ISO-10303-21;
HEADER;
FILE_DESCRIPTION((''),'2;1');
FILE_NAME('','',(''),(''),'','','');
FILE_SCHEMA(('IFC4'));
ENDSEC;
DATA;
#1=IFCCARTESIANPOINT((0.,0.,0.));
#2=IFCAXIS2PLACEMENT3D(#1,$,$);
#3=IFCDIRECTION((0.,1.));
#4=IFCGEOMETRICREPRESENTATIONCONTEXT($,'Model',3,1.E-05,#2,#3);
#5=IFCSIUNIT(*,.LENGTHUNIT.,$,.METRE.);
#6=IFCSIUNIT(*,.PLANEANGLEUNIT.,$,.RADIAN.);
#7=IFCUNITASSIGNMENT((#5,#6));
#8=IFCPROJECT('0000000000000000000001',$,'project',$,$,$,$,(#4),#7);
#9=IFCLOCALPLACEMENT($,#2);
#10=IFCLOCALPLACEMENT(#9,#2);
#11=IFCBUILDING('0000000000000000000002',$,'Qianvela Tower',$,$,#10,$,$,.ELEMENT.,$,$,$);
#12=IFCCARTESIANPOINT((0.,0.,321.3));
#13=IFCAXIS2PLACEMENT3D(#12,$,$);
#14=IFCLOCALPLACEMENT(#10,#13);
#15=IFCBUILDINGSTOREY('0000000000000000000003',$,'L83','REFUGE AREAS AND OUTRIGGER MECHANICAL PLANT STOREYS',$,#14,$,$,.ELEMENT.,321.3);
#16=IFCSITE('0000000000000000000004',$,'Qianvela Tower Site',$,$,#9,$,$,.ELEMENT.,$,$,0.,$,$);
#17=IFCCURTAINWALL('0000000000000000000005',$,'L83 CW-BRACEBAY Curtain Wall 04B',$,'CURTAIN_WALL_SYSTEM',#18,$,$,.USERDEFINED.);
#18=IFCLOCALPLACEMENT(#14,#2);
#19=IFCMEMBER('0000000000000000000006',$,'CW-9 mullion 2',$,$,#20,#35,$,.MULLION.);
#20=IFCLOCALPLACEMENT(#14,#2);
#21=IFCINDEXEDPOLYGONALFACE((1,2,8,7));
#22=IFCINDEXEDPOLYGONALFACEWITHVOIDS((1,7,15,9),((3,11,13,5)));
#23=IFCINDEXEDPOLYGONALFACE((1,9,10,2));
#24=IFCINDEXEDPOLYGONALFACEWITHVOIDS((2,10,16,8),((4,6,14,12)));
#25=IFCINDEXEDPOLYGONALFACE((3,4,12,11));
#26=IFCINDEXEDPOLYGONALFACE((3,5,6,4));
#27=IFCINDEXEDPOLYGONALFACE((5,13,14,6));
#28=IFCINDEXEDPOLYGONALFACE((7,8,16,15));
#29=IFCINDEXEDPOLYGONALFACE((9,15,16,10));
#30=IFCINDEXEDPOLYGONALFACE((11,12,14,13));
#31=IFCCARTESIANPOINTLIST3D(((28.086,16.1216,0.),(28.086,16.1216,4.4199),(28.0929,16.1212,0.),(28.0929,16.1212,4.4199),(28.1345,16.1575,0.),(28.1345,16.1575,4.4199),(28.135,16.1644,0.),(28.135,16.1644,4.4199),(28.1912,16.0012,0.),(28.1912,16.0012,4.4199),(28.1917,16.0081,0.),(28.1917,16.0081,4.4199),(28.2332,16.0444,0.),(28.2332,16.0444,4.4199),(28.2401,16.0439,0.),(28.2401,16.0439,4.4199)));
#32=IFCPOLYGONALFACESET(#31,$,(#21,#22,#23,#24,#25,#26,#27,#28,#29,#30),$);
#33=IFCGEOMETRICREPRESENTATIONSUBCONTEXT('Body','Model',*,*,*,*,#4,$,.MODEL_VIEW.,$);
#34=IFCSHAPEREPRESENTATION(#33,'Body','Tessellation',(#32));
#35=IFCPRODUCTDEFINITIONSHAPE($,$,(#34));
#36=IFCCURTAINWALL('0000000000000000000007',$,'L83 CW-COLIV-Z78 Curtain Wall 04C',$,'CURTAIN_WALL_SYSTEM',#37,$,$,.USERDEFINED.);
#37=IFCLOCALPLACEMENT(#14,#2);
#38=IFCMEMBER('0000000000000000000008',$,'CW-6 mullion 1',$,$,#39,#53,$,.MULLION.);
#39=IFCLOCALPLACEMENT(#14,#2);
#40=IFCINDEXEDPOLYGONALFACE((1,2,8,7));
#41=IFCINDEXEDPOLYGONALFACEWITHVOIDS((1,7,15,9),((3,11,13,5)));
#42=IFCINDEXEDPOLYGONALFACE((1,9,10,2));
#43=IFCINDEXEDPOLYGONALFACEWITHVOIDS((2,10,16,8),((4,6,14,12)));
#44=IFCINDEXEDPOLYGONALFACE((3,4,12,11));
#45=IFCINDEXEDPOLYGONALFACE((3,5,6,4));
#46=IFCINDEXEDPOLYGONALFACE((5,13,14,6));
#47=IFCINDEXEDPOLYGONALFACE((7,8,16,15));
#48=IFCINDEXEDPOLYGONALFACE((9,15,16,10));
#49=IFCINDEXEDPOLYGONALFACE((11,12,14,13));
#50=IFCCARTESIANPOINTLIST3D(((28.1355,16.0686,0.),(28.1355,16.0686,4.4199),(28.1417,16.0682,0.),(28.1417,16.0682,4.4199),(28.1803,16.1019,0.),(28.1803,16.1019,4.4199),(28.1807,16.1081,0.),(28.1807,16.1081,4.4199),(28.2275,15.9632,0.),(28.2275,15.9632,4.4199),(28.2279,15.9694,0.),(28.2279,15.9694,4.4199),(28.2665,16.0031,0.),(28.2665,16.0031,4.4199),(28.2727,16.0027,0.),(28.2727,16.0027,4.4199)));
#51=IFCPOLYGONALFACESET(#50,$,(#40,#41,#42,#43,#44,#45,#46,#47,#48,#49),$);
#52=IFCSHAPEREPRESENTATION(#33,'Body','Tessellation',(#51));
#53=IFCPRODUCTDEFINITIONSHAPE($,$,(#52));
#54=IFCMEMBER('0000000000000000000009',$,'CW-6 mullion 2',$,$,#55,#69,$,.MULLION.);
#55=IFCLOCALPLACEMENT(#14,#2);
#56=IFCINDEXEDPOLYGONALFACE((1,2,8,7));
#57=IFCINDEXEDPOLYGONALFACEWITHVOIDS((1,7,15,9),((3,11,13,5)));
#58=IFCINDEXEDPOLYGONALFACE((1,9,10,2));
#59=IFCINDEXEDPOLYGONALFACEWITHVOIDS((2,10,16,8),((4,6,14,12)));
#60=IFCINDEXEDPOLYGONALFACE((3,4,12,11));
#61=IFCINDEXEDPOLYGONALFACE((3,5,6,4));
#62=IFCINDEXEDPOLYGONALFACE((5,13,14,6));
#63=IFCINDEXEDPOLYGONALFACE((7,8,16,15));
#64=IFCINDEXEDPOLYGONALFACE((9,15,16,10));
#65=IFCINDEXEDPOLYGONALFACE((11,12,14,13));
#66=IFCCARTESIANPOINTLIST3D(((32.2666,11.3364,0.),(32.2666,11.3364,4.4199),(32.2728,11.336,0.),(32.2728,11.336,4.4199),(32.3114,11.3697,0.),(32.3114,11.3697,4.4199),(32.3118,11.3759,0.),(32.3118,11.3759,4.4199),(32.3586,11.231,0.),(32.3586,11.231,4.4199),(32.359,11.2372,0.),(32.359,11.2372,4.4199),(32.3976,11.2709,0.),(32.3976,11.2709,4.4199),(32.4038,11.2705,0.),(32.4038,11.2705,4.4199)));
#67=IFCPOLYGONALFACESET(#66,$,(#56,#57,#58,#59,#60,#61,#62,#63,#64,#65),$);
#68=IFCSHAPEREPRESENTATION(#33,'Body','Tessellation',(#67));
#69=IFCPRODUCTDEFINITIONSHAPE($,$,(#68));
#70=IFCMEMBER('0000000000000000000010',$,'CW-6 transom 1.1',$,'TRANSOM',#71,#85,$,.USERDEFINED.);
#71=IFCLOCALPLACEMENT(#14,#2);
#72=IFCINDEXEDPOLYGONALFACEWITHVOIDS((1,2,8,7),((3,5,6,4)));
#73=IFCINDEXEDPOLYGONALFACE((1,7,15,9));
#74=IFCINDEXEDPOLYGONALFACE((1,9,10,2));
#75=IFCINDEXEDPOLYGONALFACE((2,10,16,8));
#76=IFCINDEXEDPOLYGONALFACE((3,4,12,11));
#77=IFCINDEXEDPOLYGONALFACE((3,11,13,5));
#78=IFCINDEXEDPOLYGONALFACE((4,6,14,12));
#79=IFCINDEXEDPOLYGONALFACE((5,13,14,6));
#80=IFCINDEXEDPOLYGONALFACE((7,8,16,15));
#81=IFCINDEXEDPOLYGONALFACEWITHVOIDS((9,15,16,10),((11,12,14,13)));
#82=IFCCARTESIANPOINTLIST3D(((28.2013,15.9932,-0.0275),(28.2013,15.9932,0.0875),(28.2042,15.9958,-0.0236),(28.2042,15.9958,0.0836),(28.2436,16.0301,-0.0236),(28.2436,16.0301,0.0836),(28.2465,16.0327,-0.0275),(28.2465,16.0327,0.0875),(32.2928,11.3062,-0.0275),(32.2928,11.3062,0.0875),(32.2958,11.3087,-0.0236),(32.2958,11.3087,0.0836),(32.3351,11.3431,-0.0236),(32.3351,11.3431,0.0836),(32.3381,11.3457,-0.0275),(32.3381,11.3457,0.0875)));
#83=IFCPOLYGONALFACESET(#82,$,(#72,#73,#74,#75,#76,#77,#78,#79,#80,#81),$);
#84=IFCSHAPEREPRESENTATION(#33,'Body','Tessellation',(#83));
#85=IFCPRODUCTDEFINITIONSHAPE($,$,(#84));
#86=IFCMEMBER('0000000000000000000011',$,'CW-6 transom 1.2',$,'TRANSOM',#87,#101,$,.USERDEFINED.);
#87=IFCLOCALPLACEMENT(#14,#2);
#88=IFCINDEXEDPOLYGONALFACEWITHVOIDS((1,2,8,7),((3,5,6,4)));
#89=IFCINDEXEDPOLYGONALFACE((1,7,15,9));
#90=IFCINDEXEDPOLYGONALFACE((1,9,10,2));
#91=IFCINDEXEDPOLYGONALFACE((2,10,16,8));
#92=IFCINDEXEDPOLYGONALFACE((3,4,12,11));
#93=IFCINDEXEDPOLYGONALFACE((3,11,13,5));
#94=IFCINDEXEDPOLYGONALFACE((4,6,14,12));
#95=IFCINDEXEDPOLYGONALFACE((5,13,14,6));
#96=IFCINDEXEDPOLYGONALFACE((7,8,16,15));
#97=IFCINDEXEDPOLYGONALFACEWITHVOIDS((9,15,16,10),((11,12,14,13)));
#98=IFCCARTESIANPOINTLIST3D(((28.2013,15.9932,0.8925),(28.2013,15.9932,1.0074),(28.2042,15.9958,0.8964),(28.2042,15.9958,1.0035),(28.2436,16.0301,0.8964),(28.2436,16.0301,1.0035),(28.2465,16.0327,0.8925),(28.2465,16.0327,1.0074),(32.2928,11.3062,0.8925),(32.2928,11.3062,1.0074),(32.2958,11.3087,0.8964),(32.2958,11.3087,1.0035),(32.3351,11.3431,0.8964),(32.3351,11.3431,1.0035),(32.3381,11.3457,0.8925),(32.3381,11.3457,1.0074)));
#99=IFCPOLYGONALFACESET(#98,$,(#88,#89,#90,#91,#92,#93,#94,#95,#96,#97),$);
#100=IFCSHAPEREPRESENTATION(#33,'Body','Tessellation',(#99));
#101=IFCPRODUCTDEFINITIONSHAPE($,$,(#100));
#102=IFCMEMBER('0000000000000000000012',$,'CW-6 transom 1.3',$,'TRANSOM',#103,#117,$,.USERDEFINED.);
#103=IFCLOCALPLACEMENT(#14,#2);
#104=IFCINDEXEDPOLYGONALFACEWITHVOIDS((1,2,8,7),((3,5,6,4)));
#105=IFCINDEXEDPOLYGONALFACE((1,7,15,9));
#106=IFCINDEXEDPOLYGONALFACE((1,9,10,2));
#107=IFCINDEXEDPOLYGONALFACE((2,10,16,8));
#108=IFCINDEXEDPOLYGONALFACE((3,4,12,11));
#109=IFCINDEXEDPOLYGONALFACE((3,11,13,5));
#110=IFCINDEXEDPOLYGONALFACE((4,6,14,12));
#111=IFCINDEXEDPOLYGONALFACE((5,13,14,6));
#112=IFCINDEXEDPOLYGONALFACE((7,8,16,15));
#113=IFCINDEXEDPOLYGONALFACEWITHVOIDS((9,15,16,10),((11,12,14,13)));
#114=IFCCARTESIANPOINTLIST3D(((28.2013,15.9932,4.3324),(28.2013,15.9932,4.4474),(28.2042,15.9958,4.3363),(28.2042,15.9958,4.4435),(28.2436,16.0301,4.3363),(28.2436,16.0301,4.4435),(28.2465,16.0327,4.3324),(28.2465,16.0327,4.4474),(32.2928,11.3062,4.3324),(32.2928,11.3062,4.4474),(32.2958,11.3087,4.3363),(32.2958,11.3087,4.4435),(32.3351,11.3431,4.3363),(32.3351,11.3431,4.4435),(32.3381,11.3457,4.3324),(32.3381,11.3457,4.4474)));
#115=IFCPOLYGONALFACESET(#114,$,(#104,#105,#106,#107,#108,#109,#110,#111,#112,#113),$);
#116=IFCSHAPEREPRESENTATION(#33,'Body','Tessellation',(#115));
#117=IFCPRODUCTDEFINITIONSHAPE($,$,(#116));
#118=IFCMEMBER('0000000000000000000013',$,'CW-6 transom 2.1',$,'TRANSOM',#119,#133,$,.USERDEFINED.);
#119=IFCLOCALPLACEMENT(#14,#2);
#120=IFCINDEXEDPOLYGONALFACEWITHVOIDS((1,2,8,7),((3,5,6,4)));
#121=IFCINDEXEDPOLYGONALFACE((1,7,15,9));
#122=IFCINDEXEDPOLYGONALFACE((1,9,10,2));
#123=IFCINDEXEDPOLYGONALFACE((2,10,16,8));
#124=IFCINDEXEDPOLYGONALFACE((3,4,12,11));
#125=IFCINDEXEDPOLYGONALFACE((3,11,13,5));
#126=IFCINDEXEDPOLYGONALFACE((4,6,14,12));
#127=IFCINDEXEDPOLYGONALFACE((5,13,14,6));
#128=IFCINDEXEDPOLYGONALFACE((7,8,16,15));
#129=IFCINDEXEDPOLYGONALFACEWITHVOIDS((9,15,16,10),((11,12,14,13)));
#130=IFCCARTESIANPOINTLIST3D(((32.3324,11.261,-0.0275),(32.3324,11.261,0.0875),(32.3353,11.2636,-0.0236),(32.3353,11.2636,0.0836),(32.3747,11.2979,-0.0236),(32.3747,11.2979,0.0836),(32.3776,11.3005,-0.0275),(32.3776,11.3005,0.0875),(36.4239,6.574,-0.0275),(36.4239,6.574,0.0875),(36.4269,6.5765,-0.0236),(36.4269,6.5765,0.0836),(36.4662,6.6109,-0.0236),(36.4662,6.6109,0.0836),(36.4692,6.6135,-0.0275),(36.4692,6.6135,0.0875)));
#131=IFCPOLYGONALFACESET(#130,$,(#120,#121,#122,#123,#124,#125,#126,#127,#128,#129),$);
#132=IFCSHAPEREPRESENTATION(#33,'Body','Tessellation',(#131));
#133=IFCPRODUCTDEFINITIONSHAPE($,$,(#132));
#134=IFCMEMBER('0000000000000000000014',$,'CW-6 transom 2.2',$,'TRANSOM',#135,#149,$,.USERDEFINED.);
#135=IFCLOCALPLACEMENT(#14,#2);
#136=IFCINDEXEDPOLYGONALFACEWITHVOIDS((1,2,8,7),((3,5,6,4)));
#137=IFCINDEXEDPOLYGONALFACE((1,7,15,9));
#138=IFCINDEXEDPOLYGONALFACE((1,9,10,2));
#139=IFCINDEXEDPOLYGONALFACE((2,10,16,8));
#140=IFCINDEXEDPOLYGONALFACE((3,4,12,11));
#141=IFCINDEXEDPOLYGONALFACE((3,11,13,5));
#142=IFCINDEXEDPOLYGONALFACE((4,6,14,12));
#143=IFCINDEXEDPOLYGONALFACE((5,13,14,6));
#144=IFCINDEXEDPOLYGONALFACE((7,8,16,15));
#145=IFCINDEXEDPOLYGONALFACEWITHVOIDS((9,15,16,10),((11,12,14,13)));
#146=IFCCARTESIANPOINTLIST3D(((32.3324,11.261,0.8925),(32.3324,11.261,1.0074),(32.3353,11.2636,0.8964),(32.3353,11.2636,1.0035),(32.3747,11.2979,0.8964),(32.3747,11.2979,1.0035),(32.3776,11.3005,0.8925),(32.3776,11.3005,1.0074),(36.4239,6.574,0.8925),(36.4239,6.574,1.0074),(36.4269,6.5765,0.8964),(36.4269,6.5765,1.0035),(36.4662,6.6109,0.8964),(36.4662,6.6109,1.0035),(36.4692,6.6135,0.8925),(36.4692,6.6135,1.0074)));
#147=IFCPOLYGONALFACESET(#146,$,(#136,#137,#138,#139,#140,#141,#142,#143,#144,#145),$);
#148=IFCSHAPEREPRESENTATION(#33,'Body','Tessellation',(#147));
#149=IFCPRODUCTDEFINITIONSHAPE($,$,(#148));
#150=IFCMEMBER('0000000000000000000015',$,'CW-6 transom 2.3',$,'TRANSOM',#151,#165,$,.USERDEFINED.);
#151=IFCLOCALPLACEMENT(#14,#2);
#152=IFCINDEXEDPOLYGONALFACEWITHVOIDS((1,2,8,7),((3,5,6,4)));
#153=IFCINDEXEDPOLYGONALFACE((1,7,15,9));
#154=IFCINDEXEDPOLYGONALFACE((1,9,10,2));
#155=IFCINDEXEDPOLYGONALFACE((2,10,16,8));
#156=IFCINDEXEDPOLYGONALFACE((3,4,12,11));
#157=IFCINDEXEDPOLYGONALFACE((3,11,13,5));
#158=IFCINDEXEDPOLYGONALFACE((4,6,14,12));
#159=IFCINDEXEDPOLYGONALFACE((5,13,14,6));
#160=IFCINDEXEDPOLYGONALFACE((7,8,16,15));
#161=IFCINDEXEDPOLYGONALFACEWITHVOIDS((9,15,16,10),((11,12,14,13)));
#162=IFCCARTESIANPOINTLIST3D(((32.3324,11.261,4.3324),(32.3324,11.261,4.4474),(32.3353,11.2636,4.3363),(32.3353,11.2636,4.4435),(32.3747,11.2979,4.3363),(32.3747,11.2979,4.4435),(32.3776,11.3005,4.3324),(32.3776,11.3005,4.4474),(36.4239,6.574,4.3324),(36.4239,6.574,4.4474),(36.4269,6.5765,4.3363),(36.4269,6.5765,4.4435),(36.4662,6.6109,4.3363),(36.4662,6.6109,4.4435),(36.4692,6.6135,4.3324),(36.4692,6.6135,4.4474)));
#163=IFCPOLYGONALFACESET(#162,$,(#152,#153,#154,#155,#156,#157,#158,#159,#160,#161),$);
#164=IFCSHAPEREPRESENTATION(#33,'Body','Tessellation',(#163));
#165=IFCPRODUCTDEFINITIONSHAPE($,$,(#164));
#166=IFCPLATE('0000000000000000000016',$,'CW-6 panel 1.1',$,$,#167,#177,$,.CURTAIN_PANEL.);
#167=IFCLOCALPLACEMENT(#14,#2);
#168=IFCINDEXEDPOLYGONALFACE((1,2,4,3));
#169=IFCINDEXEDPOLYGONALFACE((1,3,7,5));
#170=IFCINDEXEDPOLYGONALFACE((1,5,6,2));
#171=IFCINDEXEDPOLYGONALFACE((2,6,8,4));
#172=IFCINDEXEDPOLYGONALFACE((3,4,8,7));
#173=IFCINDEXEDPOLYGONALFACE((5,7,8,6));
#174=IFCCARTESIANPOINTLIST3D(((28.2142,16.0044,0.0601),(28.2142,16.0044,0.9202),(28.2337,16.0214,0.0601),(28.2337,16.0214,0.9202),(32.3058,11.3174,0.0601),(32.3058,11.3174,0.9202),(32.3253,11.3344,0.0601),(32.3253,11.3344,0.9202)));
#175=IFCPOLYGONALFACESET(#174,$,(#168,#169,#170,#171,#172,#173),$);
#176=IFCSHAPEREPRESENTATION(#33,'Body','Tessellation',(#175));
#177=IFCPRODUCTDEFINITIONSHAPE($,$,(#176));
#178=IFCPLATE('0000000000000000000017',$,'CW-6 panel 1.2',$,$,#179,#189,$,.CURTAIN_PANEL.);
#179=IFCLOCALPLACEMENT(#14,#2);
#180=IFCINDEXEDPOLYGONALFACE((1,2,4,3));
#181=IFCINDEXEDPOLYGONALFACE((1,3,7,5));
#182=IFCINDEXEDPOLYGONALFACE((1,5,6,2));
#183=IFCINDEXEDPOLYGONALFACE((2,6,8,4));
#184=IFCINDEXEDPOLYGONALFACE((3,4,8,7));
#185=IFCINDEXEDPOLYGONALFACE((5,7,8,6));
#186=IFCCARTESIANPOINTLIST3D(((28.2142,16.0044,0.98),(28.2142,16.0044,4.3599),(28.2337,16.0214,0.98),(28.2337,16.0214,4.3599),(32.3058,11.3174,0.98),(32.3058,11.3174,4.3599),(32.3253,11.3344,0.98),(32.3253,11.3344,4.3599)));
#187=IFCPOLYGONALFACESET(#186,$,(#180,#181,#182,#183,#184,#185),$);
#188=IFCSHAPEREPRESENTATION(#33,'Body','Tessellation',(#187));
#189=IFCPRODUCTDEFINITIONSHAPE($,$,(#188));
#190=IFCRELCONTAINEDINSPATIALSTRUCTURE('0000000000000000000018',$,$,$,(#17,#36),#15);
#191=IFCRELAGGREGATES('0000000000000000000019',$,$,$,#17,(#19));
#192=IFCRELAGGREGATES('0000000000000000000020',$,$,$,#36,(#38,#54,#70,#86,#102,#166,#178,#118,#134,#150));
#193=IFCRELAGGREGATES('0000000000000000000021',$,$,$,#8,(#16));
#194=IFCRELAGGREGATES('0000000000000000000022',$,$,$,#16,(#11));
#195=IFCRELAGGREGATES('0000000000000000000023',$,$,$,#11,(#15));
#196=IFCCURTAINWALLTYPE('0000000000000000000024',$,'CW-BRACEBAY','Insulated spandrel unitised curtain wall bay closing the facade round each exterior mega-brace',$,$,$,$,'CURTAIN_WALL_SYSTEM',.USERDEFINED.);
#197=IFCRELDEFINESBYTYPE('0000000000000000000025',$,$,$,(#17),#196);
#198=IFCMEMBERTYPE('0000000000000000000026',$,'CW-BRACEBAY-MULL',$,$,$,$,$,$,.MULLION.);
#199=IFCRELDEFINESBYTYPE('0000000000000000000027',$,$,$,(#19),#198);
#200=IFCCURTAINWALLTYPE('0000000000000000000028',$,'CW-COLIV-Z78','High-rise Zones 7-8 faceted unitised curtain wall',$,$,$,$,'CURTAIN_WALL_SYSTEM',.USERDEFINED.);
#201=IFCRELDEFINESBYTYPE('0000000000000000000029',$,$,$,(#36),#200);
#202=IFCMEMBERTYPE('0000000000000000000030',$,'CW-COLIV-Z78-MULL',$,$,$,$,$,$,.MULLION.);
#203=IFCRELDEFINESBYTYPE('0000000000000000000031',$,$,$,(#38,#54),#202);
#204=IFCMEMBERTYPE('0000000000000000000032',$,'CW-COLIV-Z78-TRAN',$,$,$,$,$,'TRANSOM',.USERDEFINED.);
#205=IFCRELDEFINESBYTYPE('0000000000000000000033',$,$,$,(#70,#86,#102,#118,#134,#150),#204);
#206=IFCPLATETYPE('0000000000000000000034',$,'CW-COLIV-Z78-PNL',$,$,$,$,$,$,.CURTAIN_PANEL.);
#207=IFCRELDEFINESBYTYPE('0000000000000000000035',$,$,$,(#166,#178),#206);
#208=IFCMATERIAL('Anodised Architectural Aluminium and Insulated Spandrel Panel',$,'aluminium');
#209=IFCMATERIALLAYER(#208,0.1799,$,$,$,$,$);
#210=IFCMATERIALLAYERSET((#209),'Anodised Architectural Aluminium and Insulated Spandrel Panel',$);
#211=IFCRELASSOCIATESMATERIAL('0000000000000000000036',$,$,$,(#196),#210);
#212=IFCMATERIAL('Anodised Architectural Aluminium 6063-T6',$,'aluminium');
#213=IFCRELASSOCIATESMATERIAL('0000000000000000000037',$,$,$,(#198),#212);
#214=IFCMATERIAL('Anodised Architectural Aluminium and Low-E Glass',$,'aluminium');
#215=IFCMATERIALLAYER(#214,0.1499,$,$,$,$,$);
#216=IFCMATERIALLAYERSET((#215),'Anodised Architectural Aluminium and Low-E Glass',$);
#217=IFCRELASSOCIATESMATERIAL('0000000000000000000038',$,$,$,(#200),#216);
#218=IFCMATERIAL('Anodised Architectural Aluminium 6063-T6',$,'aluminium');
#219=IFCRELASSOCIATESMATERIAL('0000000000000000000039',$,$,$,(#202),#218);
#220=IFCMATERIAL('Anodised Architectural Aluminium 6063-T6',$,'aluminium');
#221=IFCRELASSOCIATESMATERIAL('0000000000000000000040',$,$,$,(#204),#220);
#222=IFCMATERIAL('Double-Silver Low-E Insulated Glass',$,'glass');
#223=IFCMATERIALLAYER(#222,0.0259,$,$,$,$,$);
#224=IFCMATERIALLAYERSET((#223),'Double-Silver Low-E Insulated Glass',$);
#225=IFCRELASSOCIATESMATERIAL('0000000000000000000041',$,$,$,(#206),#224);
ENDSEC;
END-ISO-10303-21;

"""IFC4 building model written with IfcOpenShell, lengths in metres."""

from ifc_helpers import new_model, si_unit, direction, frame, origin, origin_2d, place, context, subcontext, project, spatial, rectangle, hollow_rectangle, extrude, material, layer, layer_set, material_profile, profile_set, type_object, element, aggregate, save


model = new_model("IFC4")

# Units and contexts
model_context = context("Model", 3, precision=1e-05, world=origin(), true_north=direction((0.0, 1.0)))
body_context = subcontext(model_context, "Body", "Model", "MODEL_VIEW")
ifc_project = project(units=[si_unit("LENGTHUNIT", "METRE"), si_unit("PLANEANGLEUNIT", "RADIAN")], contexts=[model_context])

# Site, building, storey
site_placement = place(None, origin())
site = spatial("IfcSite", under=ifc_project, at=site_placement, Name="Qianvela Tower Site", CompositionType="ELEMENT", RefElevation=0.0)
building_placement = place(site_placement, origin())
building = spatial("IfcBuilding", under=site, at=building_placement, Name="Qianvela Tower", CompositionType="ELEMENT")
storey_placement = place(building_placement, frame((0.0, 0.0, 321.3)))
storey = spatial("IfcBuildingStorey", under=building, at=storey_placement, Name="L83", Description="REFUGE AREAS AND OUTRIGGER MECHANICAL PLANT STOREYS", CompositionType="ELEMENT", Elevation=321.3)

# Curtain wall, member
ifc_material_1 = material(Name="Anodised Architectural Aluminium and Insulated Spandrel Panel", Category="aluminium")
ifc_layer_1 = layer(ifc_material_1, 0.1799)
ifc_layer_set_1 = layer_set([ifc_layer_1], Name="Anodised Architectural Aluminium and Insulated Spandrel Panel")
curtain_wall_type_1 = type_object("IfcCurtainWallType", Name="CW-BRACEBAY", Description="Insulated spandrel unitised curtain wall bay closing the facade round each exterior mega-brace", ElementType="CURTAIN_WALL_SYSTEM", PredefinedType="USERDEFINED", material=ifc_layer_set_1)
curtain_wall_1_placement = place(storey_placement, origin())
curtain_wall_1 = element("IfcCurtainWall", 1, at=curtain_wall_1_placement, inside=storey, type_object=curtain_wall_type_1, Name="L83 CW-BRACEBAY Curtain Wall 04B", ObjectType="CURTAIN_WALL_SYSTEM", PredefinedType="USERDEFINED")
ifc_material_2 = material(Name="Anodised Architectural Aluminium 6063-T6", Category="aluminium")
ifc_material_profile_1 = material_profile(ifc_material_2, hollow_rectangle(XDim=0.0649, YDim=0.1599, WallThickness=0.0049, at=origin_2d()), Name="ALU-MULL-65x160")
ifc_profile_set_1 = profile_set([ifc_material_profile_1], Name="Anodised Architectural Aluminium 6063-T6")
member_type_1 = type_object("IfcMemberType", Name="CW-BRACEBAY-MULL", PredefinedType="MULLION", material=ifc_profile_set_1)
member_1_placement = place(storey_placement, frame((28.1631, 16.0828, 0.0), z_axis=(0.0, 0.0, 1.0), x_axis=(0.753337, 0.657634, 0.0)))
member_1 = element("IfcMember", 2, at=member_1_placement, type_object=member_type_1, Name="CW-9 mullion 2", PredefinedType="MULLION", context=body_context, shape_type="SweptSolid", body=[
    extrude(hollow_rectangle(XDim=0.0649, YDim=0.1599, WallThickness=0.0049, at=origin_2d()), origin(), (0.0, 0.0, 1.0), 4.4199),
])
aggregate(curtain_wall_1, [member_1])

# Curtain wall, members, plates
ifc_material_3 = material(Name="Anodised Architectural Aluminium and Low-E Glass", Category="aluminium")
ifc_layer_2 = layer(ifc_material_3, 0.1499)
ifc_layer_set_2 = layer_set([ifc_layer_2], Name="Anodised Architectural Aluminium and Low-E Glass")
curtain_wall_type_2 = type_object("IfcCurtainWallType", Name="CW-COLIV-Z78", Description="High-rise Zones 7-8 faceted unitised curtain wall", ElementType="CURTAIN_WALL_SYSTEM", PredefinedType="USERDEFINED", material=ifc_layer_set_2)
curtain_wall_2_placement = place(storey_placement, origin())
curtain_wall_2 = element("IfcCurtainWall", 3, at=curtain_wall_2_placement, inside=storey, type_object=curtain_wall_type_2, Name="L83 CW-COLIV-Z78 Curtain Wall 04C", ObjectType="CURTAIN_WALL_SYSTEM", PredefinedType="USERDEFINED")
ifc_material_4 = material(Name="Anodised Architectural Aluminium 6063-T6", Category="aluminium")
ifc_material_profile_2 = material_profile(ifc_material_4, hollow_rectangle(XDim=0.0601, YDim=0.1399, WallThickness=0.0044, at=origin_2d()), Name="ALU-MULL-60x140")
ifc_profile_set_2 = profile_set([ifc_material_profile_2], Name="Anodised Architectural Aluminium 6063-T6")
member_type_2 = type_object("IfcMemberType", Name="CW-COLIV-Z78-MULL", PredefinedType="MULLION", material=ifc_profile_set_2)
member_2_placement = place(storey_placement, frame((28.2041, 16.0356, 0.0), z_axis=(0.0, 0.0, 1.0), x_axis=(0.753333, 0.657639, 0.0)))
member_2 = element("IfcMember", 4, at=member_2_placement, type_object=member_type_2, Name="CW-6 mullion 1", PredefinedType="MULLION", context=body_context, shape_type="SweptSolid", body=[
    extrude(hollow_rectangle(XDim=0.0601, YDim=0.1399, WallThickness=0.0044, at=origin_2d()), origin(), (0.0, 0.0, 1.0), 4.4199),
])
member_3_placement = place(storey_placement, frame((32.3352, 11.3035, 0.0), z_axis=(0.0, 0.0, 1.0), x_axis=(0.753333, 0.657639, 0.0)))
member_3 = element("IfcMember", 5, at=member_3_placement, type_object=member_type_2, Name="CW-6 mullion 2", PredefinedType="MULLION", context=body_context, shape_type="SweptSolid", body=[
    extrude(hollow_rectangle(XDim=0.0601, YDim=0.1399, WallThickness=0.0044, at=origin_2d()), origin(), (0.0, 0.0, 1.0), 4.4199),
])
ifc_material_5 = material(Name="Anodised Architectural Aluminium 6063-T6", Category="aluminium")
ifc_material_profile_3 = material_profile(ifc_material_5, hollow_rectangle(XDim=0.0601, YDim=0.115, WallThickness=0.0039, at=origin_2d()), Name="ALU-TRAN-60x115")
ifc_profile_set_3 = profile_set([ifc_material_profile_3], Name="Anodised Architectural Aluminium 6063-T6")
member_type_3 = type_object("IfcMemberType", Name="CW-COLIV-Z78-TRAN", ElementType="TRANSOM", PredefinedType="USERDEFINED", material=ifc_profile_set_3)
member_4_placement = place(storey_placement, frame((28.2239, 16.0129, 0.03), z_axis=(0.657632, -0.753339, 0.0), x_axis=(0.753339, 0.657632, 0.0)))
member_4 = element("IfcMember", 6, at=member_4_placement, type_object=member_type_3, Name="CW-6 transom 1.1", ObjectType="TRANSOM", PredefinedType="USERDEFINED", context=body_context, shape_type="SweptSolid", body=[
    extrude(hollow_rectangle(XDim=0.0601, YDim=0.115, WallThickness=0.0039, at=origin_2d()), origin(), (0.0, 0.0, 1.0), 6.2217),
])
member_5_placement = place(storey_placement, frame((28.2239, 16.0129, 0.95), z_axis=(0.657632, -0.753339, 0.0), x_axis=(0.753339, 0.657632, 0.0)))
member_5 = element("IfcMember", 7, at=member_5_placement, type_object=member_type_3, Name="CW-6 transom 1.2", ObjectType="TRANSOM", PredefinedType="USERDEFINED", context=body_context, shape_type="SweptSolid", body=[
    extrude(hollow_rectangle(XDim=0.0601, YDim=0.115, WallThickness=0.0039, at=origin_2d()), origin(), (0.0, 0.0, 1.0), 6.2217),
])
member_6_placement = place(storey_placement, frame((28.2239, 16.0129, 4.3899), z_axis=(0.657632, -0.753339, 0.0), x_axis=(0.753339, 0.657632, 0.0)))
member_6 = element("IfcMember", 8, at=member_6_placement, type_object=member_type_3, Name="CW-6 transom 1.3", ObjectType="TRANSOM", PredefinedType="USERDEFINED", context=body_context, shape_type="SweptSolid", body=[
    extrude(hollow_rectangle(XDim=0.0601, YDim=0.115, WallThickness=0.0039, at=origin_2d()), origin(), (0.0, 0.0, 1.0), 6.2217),
])
member_7_placement = place(storey_placement, frame((32.355, 11.2808, 0.03), z_axis=(0.657632, -0.753339, 0.0), x_axis=(0.753339, 0.657632, 0.0)))
member_7 = element("IfcMember", 9, at=member_7_placement, type_object=member_type_3, Name="CW-6 transom 2.1", ObjectType="TRANSOM", PredefinedType="USERDEFINED", context=body_context, shape_type="SweptSolid", body=[
    extrude(hollow_rectangle(XDim=0.0601, YDim=0.115, WallThickness=0.0039, at=origin_2d()), origin(), (0.0, 0.0, 1.0), 6.2217),
])
member_8_placement = place(storey_placement, frame((32.355, 11.2808, 0.95), z_axis=(0.657632, -0.753339, 0.0), x_axis=(0.753339, 0.657632, 0.0)))
member_8 = element("IfcMember", 10, at=member_8_placement, type_object=member_type_3, Name="CW-6 transom 2.2", ObjectType="TRANSOM", PredefinedType="USERDEFINED", context=body_context, shape_type="SweptSolid", body=[
    extrude(hollow_rectangle(XDim=0.0601, YDim=0.115, WallThickness=0.0039, at=origin_2d()), origin(), (0.0, 0.0, 1.0), 6.2217),
])
member_9_placement = place(storey_placement, frame((32.355, 11.2808, 4.3899), z_axis=(0.657632, -0.753339, 0.0), x_axis=(0.753339, 0.657632, 0.0)))
member_9 = element("IfcMember", 11, at=member_9_placement, type_object=member_type_3, Name="CW-6 transom 2.3", ObjectType="TRANSOM", PredefinedType="USERDEFINED", context=body_context, shape_type="SweptSolid", body=[
    extrude(hollow_rectangle(XDim=0.0601, YDim=0.115, WallThickness=0.0039, at=origin_2d()), origin(), (0.0, 0.0, 1.0), 6.2217),
])
ifc_material_6 = material(Name="Double-Silver Low-E Insulated Glass", Category="glass")
ifc_layer_3 = layer(ifc_material_6, 0.0259)
ifc_layer_set_3 = layer_set([ifc_layer_3], Name="Double-Silver Low-E Insulated Glass")
plate_type_1 = type_object("IfcPlateType", Name="CW-COLIV-Z78-PNL", PredefinedType="CURTAIN_PANEL", material=ifc_layer_set_3)
plate_1_placement = place(storey_placement, frame((30.2698, 13.6694, 0.0601), z_axis=(0.0, 0.0, 1.0), x_axis=(0.657639, -0.753333, 0.0)))
plate_1 = element("IfcPlate", 12, at=plate_1_placement, type_object=plate_type_1, Name="CW-6 panel 1.1", PredefinedType="CURTAIN_PANEL", context=body_context, shape_type="SweptSolid", body=[
    extrude(rectangle(XDim=6.2217, YDim=0.0259, at=origin_2d()), origin(), (0.0, 0.0, 1.0), 0.8601),
])
plate_2_placement = place(storey_placement, frame((30.2698, 13.6694, 0.98), z_axis=(0.0, 0.0, 1.0), x_axis=(0.657639, -0.753333, 0.0)))
plate_2 = element("IfcPlate", 13, at=plate_2_placement, type_object=plate_type_1, Name="CW-6 panel 1.2", PredefinedType="CURTAIN_PANEL", context=body_context, shape_type="SweptSolid", body=[
    extrude(rectangle(XDim=6.2217, YDim=0.0259, at=origin_2d()), origin(), (0.0, 0.0, 1.0), 3.3799),
])
aggregate(curtain_wall_2, [member_2, member_3, member_4, member_5, member_6, plate_1, plate_2, member_7, member_8, member_9])

save(model, "model.ifc")
